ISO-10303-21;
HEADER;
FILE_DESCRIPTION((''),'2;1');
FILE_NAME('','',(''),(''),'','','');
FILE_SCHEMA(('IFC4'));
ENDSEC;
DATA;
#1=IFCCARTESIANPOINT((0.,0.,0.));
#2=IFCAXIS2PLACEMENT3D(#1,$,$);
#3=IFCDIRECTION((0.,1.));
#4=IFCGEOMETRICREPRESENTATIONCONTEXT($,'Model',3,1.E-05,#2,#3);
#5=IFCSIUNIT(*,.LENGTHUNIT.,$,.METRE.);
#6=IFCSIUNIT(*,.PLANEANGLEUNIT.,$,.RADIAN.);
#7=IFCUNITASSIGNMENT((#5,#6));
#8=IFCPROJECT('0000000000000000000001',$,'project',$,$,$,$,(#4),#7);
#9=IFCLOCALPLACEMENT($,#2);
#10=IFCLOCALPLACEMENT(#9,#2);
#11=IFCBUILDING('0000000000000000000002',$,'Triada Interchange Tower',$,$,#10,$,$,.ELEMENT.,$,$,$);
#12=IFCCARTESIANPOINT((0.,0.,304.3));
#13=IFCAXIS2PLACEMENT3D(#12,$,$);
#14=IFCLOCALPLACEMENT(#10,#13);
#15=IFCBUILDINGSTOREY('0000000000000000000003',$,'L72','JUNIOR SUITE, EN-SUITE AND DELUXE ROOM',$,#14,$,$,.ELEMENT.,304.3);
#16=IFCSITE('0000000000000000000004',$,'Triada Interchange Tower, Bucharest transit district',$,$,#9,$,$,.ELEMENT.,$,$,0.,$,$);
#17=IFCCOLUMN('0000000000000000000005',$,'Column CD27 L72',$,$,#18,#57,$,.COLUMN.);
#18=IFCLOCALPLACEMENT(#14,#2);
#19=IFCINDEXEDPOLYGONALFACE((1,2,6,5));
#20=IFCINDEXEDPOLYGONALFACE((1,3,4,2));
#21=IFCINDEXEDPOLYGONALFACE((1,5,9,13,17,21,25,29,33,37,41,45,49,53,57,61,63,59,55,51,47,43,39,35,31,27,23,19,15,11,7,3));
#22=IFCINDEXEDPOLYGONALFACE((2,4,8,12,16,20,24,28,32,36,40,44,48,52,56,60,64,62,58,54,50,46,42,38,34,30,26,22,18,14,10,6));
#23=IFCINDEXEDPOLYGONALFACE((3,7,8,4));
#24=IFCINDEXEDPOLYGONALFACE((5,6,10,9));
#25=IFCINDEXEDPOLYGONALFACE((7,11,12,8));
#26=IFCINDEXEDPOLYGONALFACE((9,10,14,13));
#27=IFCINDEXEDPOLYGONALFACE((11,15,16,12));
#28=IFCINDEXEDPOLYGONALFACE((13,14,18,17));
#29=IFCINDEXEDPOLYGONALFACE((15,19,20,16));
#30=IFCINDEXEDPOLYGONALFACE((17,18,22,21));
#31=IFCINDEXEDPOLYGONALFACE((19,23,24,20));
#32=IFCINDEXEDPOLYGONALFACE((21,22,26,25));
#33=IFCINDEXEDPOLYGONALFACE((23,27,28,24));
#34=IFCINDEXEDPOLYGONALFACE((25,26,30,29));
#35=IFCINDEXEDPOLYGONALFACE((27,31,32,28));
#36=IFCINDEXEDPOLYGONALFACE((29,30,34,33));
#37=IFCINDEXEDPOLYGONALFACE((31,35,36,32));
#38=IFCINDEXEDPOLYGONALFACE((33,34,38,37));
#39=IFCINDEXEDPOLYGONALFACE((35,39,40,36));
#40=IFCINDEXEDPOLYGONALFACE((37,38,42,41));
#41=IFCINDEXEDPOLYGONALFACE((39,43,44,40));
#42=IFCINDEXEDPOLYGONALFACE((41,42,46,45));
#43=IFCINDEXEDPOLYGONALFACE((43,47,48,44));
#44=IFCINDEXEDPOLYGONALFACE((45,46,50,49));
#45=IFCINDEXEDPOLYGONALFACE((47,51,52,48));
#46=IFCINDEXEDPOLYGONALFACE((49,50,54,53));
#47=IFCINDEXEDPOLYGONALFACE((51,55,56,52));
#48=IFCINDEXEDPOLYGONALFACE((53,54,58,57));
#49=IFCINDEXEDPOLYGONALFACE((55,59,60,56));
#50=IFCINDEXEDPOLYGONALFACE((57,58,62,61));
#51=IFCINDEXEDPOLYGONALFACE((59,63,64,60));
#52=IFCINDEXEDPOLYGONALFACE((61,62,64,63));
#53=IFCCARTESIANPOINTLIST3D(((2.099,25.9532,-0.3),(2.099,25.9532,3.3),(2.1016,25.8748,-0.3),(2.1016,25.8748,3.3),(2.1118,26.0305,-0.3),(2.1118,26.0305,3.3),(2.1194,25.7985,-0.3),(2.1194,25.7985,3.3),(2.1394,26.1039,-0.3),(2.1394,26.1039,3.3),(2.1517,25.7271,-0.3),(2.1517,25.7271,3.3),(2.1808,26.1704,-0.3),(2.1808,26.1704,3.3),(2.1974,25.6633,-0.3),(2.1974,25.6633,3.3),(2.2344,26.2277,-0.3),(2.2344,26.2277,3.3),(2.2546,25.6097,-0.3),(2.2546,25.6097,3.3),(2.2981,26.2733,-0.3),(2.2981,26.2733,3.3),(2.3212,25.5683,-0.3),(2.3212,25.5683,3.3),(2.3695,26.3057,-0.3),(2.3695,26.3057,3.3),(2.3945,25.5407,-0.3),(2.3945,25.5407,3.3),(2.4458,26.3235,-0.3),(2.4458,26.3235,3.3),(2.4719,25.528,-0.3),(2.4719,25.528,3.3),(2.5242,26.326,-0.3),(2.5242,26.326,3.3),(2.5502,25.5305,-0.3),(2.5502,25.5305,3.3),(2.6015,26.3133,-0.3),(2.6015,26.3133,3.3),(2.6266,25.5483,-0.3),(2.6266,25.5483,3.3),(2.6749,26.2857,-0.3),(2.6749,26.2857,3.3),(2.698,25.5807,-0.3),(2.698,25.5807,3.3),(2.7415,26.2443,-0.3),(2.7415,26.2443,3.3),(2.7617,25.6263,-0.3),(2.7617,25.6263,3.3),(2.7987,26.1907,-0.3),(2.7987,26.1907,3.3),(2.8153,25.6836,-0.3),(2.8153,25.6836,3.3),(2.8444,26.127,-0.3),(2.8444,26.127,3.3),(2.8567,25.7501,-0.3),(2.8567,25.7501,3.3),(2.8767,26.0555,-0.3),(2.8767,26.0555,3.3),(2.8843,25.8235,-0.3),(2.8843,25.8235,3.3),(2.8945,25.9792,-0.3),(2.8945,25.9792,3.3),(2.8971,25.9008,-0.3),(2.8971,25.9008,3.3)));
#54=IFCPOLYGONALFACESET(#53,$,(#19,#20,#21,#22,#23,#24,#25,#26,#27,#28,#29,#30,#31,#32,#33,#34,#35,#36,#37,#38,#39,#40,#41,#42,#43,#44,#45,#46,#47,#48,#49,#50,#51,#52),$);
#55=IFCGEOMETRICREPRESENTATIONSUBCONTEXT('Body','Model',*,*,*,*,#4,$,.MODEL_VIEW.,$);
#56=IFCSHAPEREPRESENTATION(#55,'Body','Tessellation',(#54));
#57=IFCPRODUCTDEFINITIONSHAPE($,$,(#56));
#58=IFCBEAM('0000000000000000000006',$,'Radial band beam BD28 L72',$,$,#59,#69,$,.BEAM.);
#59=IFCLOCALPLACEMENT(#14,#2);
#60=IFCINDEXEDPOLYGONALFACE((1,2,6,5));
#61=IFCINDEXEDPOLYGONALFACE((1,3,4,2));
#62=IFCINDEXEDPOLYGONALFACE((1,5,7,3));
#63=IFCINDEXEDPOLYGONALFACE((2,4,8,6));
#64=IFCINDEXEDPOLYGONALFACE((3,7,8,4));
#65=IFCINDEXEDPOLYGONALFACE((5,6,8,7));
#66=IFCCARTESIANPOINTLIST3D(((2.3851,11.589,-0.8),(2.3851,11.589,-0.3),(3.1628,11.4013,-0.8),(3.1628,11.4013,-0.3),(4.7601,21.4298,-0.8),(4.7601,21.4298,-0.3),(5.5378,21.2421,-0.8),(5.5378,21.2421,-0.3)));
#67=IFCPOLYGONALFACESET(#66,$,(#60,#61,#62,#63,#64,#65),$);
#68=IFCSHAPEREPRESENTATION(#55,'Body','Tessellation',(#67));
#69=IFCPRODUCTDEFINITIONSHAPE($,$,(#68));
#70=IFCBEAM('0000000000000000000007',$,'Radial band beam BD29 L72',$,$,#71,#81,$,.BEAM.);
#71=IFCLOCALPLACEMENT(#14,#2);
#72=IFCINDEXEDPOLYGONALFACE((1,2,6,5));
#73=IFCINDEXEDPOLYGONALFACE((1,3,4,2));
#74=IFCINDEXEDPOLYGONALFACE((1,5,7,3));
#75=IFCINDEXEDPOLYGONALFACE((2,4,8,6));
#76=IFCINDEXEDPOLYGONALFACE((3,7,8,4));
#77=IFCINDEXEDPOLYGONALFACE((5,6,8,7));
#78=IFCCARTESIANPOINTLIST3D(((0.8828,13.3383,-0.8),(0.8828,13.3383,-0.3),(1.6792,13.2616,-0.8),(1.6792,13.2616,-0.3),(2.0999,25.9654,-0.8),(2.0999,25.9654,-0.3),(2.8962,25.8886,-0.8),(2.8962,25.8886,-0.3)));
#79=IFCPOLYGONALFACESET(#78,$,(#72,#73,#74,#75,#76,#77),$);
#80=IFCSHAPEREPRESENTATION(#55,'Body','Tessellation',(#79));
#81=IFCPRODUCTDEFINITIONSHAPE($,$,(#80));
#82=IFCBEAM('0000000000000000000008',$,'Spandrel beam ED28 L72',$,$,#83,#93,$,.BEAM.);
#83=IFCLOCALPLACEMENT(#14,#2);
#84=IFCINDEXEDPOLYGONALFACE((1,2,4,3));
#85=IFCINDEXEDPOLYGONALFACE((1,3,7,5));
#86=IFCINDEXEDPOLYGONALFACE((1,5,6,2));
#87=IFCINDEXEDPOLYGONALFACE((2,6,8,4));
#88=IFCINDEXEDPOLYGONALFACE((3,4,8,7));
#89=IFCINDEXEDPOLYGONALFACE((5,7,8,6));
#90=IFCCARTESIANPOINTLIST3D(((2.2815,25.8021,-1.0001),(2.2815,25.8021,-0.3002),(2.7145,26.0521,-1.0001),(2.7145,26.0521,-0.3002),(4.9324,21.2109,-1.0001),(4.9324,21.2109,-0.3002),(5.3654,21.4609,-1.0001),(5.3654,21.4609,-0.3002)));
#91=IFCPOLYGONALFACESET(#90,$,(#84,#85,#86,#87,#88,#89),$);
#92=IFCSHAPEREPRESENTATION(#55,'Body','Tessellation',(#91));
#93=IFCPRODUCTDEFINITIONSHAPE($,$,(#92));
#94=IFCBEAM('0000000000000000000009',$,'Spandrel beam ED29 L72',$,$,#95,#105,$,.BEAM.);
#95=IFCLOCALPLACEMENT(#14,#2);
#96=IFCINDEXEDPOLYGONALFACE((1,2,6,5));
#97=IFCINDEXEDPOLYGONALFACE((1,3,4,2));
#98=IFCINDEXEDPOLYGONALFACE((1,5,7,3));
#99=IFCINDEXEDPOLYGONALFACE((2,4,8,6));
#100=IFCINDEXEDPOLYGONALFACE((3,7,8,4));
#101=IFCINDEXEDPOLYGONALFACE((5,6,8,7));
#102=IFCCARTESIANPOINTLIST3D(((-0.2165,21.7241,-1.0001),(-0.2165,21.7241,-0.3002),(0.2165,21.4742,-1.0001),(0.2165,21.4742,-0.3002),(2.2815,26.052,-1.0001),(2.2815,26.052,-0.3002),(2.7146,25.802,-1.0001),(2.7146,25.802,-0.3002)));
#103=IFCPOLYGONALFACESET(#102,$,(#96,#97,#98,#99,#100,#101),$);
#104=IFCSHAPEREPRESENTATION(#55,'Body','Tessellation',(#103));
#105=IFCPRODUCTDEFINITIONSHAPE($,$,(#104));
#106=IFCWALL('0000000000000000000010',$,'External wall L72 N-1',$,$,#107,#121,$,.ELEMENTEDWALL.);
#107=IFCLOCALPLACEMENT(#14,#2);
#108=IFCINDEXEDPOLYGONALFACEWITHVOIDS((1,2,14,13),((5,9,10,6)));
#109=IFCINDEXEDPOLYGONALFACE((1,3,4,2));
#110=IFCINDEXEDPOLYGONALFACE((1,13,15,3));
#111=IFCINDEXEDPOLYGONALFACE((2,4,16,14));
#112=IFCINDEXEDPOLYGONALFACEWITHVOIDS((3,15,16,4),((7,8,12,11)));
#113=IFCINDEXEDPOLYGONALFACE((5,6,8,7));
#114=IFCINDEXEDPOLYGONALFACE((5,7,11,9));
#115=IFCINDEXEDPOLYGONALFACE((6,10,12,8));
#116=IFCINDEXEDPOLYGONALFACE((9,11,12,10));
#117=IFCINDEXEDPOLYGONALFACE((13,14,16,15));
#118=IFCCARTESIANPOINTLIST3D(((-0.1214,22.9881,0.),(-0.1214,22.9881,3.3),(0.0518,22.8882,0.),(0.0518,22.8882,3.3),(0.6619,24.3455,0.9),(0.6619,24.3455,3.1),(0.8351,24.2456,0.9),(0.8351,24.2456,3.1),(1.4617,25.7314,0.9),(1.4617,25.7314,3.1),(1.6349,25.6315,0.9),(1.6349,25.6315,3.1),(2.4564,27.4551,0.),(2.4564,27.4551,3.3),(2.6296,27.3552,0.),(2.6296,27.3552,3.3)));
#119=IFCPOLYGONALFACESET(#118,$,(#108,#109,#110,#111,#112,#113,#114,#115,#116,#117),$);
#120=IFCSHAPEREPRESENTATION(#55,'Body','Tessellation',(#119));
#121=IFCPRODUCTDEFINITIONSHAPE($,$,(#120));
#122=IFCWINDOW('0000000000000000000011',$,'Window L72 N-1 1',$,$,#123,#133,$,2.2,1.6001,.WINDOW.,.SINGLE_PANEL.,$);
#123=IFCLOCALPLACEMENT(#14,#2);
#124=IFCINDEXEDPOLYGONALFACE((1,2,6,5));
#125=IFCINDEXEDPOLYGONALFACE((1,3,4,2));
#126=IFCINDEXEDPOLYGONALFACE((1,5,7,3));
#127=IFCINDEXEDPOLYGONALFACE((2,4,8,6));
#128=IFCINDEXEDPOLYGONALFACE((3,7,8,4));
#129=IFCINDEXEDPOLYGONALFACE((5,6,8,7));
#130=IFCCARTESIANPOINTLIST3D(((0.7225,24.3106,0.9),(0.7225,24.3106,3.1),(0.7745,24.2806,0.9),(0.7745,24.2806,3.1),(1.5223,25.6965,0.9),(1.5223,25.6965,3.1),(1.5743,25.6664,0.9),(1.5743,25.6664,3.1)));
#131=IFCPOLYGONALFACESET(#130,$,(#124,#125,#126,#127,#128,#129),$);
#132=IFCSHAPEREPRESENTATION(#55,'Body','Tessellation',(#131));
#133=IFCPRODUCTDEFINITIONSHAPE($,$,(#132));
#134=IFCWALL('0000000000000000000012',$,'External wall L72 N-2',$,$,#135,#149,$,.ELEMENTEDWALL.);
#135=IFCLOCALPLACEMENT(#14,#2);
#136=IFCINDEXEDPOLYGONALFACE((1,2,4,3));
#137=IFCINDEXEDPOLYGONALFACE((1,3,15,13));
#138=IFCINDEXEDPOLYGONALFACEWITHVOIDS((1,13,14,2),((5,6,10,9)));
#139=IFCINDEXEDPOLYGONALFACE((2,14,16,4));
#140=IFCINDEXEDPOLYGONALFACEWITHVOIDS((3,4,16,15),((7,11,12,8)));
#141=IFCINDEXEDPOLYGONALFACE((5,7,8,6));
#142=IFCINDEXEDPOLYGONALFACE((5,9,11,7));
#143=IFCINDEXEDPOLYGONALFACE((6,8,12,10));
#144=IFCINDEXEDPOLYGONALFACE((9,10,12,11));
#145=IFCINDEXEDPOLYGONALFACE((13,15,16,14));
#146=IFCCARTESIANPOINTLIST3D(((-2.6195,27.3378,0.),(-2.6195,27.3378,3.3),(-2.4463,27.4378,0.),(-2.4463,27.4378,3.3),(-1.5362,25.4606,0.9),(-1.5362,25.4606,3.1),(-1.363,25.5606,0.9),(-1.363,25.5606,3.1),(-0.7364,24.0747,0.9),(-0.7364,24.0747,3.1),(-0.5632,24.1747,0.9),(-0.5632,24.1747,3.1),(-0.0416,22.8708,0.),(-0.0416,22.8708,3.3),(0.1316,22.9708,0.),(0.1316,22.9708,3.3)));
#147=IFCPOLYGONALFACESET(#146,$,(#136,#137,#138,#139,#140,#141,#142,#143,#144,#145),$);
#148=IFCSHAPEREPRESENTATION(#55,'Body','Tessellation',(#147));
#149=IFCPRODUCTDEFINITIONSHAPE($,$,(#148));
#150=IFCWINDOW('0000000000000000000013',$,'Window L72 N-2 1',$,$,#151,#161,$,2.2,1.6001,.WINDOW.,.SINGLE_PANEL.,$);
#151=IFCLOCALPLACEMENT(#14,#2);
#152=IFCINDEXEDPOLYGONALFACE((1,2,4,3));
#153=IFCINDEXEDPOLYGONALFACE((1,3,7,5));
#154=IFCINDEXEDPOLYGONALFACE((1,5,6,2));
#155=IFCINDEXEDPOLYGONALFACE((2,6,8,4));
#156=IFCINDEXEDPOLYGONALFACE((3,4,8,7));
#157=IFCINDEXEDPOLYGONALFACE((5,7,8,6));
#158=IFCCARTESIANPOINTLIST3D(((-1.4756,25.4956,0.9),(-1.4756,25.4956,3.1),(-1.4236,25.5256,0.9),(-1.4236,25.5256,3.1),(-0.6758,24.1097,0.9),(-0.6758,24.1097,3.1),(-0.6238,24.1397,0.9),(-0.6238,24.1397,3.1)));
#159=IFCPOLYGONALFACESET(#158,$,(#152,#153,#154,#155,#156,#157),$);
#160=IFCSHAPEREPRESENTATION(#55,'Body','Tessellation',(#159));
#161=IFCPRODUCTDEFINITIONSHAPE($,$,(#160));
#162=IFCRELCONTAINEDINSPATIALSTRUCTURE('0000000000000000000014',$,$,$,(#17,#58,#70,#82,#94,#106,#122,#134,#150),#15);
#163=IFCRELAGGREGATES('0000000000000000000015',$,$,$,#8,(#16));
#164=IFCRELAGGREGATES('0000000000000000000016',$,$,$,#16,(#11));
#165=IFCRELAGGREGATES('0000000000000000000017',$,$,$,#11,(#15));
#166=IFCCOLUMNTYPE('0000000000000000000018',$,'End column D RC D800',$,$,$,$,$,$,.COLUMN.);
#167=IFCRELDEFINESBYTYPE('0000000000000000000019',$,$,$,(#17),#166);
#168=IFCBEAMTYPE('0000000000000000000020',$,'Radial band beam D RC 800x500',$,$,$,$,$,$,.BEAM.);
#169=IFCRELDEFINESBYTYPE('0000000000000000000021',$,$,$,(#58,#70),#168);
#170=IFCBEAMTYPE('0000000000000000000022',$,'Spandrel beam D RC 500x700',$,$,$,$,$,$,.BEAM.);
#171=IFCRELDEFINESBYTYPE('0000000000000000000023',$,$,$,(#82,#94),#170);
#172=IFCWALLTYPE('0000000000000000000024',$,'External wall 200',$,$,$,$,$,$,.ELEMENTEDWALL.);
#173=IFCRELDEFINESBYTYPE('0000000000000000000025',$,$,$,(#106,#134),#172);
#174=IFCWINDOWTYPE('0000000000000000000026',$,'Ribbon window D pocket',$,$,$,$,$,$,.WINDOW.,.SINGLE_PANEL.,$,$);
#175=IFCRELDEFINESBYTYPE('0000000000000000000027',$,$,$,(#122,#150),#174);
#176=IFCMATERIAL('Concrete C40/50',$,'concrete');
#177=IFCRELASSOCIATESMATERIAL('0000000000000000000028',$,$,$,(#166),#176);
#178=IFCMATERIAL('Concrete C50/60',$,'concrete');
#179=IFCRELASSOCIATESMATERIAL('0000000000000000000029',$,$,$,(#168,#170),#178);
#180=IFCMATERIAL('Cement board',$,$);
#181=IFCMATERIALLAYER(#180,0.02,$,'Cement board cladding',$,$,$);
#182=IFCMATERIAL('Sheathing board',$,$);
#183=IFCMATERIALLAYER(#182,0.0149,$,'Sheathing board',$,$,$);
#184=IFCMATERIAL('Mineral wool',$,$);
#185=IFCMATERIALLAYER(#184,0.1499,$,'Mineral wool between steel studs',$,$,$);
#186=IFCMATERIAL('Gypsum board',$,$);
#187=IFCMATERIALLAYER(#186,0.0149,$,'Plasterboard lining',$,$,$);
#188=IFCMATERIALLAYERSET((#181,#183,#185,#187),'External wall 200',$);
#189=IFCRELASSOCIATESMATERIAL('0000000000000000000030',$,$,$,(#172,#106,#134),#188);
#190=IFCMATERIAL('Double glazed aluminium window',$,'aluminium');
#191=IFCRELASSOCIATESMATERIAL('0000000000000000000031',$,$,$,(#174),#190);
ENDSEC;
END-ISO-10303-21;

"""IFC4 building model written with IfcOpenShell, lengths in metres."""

from ifc_helpers import new_model, si_unit, direction, frame, frame_2d, origin, origin_2d, place, context, subcontext, project, spatial, rectangle, circle, extrude, material, layer, layer_set, layer_usage, material_profile, profile_set, type_object, element, fill, save


model = new_model("IFC4")

# Units and contexts
model_context = context("Model", 3, precision=1e-05, world=origin(), true_north=direction((0.0, 1.0)))
body_context = subcontext(model_context, "Body", "Model", "MODEL_VIEW")
ifc_project = project(units=[si_unit("LENGTHUNIT", "METRE"), si_unit("PLANEANGLEUNIT", "RADIAN")], contexts=[model_context])

# Site, building, storey
site_placement = place(None, origin())
site = spatial("IfcSite", under=ifc_project, at=site_placement, Name="Triada Interchange Tower, Bucharest transit district", CompositionType="ELEMENT", RefElevation=0.0)
building_placement = place(site_placement, origin())
building = spatial("IfcBuilding", under=site, at=building_placement, Name="Triada Interchange Tower", CompositionType="ELEMENT")
storey_placement = place(building_placement, frame((0.0, 0.0, 304.3)))
storey = spatial("IfcBuildingStorey", under=building, at=storey_placement, Name="L72", Description="JUNIOR SUITE, EN-SUITE AND DELUXE ROOM", CompositionType="ELEMENT", Elevation=304.3)

# Column
ifc_material_1 = material(Name="Concrete C40/50", Category="concrete")
ifc_material_profile_1 = material_profile(ifc_material_1, circle(Radius=0.3999, at=origin_2d()), Name="RC D800")
ifc_profile_set_1 = profile_set([ifc_material_profile_1], Name="Concrete C40/50")
column_type = type_object("IfcColumnType", Name="End column D RC D800", PredefinedType="COLUMN", material=ifc_profile_set_1)
column_placement = place(storey_placement, frame((2.498, 25.927, -0.3), z_axis=(0.0, 0.0, 1.0), x_axis=(-0.5, 0.866025, 0.0)))
element("IfcColumn", 1, at=column_placement, inside=storey, type_object=column_type, Name="Column CD27 L72", PredefinedType="COLUMN", context=body_context, shape_type="SweptSolid", body=[
    extrude(circle(Radius=0.3999, at=origin_2d()), origin(), (0.0, 0.0, 1.0), 3.6001),
])

# Beams
ifc_material_2 = material(Name="Concrete C50/60", Category="concrete")
ifc_material_profile_2 = material_profile(ifc_material_2, rectangle(XDim=0.8, YDim=0.5, at=origin_2d()), Name="RC 800x500")
ifc_profile_set_2 = profile_set([ifc_material_profile_2], Name="Concrete C50/60")
beam_type_1 = type_object("IfcBeamType", Name="Radial band beam D RC 800x500", PredefinedType="BEAM", material=ifc_profile_set_2)
beam_1_placement = place(storey_placement, frame((5.1489, 21.3359, -0.55), z_axis=(-0.234606, -0.972091, 0.0), x_axis=(0.972091, -0.234606, 0.0)))
element("IfcBeam", 2, at=beam_1_placement, inside=storey, type_object=beam_type_1, Name="Radial band beam BD28 L72", PredefinedType="BEAM", context=body_context, shape_type="SweptSolid", body=[
    extrude(rectangle(XDim=0.8, YDim=0.5, at=origin_2d()), origin(), (0.0, 0.0, 1.0), 10.1233),
])
beam_2_placement = place(storey_placement, frame((2.498, 25.927, -0.55), z_axis=(-0.09594, -0.995387, 0.0), x_axis=(0.995387, -0.09594, 0.0)))
element("IfcBeam", 3, at=beam_2_placement, inside=storey, type_object=beam_type_1, Name="Radial band beam BD29 L72", PredefinedType="BEAM", context=body_context, shape_type="SweptSolid", body=[
    extrude(rectangle(XDim=0.8, YDim=0.5, at=origin_2d()), origin(), (0.0, 0.0, 1.0), 12.6855),
])
ifc_material_profile_3 = material_profile(ifc_material_2, rectangle(XDim=0.5, YDim=0.7, at=origin_2d()), Name="RC 500x700")
ifc_profile_set_3 = profile_set([ifc_material_profile_3], Name="Concrete C50/60")
beam_type_2 = type_object("IfcBeamType", Name="Spandrel beam D RC 500x700", PredefinedType="BEAM", material=ifc_profile_set_3)
beam_3_placement = place(storey_placement, frame((5.1489, 21.3359, -0.6501), z_axis=(-0.500032, 0.866007, 0.0), x_axis=(-0.866007, -0.500032, 0.0)))
element("IfcBeam", 4, at=beam_3_placement, inside=storey, type_object=beam_type_2, Name="Spandrel beam ED28 L72", PredefinedType="BEAM", context=body_context, shape_type="SweptSolid", body=[
    extrude(rectangle(XDim=0.5, YDim=0.7, at=origin_2d()), origin(), (0.0, 0.0, 1.0), 5.3015),
])
beam_4_placement = place(storey_placement, frame((2.498, 25.927, -0.6501), z_axis=(-0.499901, -0.866082, 0.0), x_axis=(0.866082, -0.499901, 0.0)))
element("IfcBeam", 5, at=beam_4_placement, inside=storey, type_object=beam_type_2, Name="Spandrel beam ED29 L72", PredefinedType="BEAM", context=body_context, shape_type="SweptSolid", body=[
    extrude(rectangle(XDim=0.5, YDim=0.7, at=origin_2d()), origin(), (0.0, 0.0, 1.0), 4.9971),
])

# Walls, openings, windows
ifc_material_3 = material(Name="Cement board")
ifc_layer_1 = layer(ifc_material_3, 0.02, Name="Cement board cladding")
ifc_material_4 = material(Name="Sheathing board")
ifc_layer_2 = layer(ifc_material_4, 0.0149, Name="Sheathing board")
ifc_material_5 = material(Name="Mineral wool")
ifc_layer_3 = layer(ifc_material_5, 0.1499, Name="Mineral wool between steel studs")
ifc_material_6 = material(Name="Gypsum board")
ifc_layer_4 = layer(ifc_material_6, 0.0149, Name="Plasterboard lining")
ifc_layer_set_1 = layer_set([ifc_layer_1, ifc_layer_2, ifc_layer_3, ifc_layer_4], Name="External wall 200")
ifc_layer_usage = layer_usage(ifc_layer_set_1, "AXIS2", "POSITIVE", -0.1001)
wall_type = type_object("IfcWallType", Name="External wall 200", PredefinedType="ELEMENTEDWALL", material=ifc_layer_set_1)
wall_1_placement = place(storey_placement, frame((2.543, 27.405, 0.0), z_axis=(0.0, 0.0, 1.0), x_axis=(-0.49983, -0.866123, 0.0)))
wall_1 = element("IfcWall", 6, at=wall_1_placement, inside=storey, type_object=wall_type, material=ifc_layer_usage, Name="External wall L72 N-1", PredefinedType="ELEMENTEDWALL", context=body_context, shape_type="SweptSolid", body=[
    extrude(rectangle(XDim=5.1575, YDim=0.2, at=frame_2d((2.5786, 0.0))), origin(), (0.0, 0.0, 1.0), 3.3),
])
opening_1_placement = place(wall_1_placement, frame((1.99, 0.0, 0.8999)))
opening_1 = element("IfcOpeningElement", 7, at=opening_1_placement, cuts=wall_1, PredefinedType="OPENING", context=body_context, shape_type="SweptSolid", body=[
    extrude(rectangle(XDim=1.6001, YDim=2.2, at=frame_2d((0.8, 1.1001))), frame((0.0, 0.1099, 0.0), z_axis=(0.0, -1.0, 0.0), x_axis=(1.0, 0.0, 0.0)), (0.0, 0.0, 1.0), 0.22),
])
ifc_material_7 = material(Name="Double glazed aluminium window", Category="aluminium")
window_type = type_object("IfcWindowType", Name="Ribbon window D pocket", PartitioningType="SINGLE_PANEL", PredefinedType="WINDOW", material=ifc_material_7)
window_1_placement = place(opening_1_placement, origin())
window_1 = element("IfcWindow", 8, at=window_1_placement, inside=storey, type_object=window_type, Name="Window L72 N-1 1", OverallHeight=2.2, OverallWidth=1.6001, PartitioningType="SINGLE_PANEL", PredefinedType="WINDOW", context=body_context, shape_type="SweptSolid", body=[
    extrude(rectangle(XDim=1.6001, YDim=2.2, at=frame_2d((0.8, 1.1001))), frame((0.0, 0.03, 0.0), z_axis=(0.0, -1.0, 0.0), x_axis=(1.0, 0.0, 0.0)), (0.0, 0.0, 1.0), 0.0601),
])
fill(opening_1, window_1)
wall_2_placement = place(storey_placement, frame((0.0449, 22.9209, 0.0), z_axis=(0.0, 0.0, 1.0), x_axis=(-0.49983, 0.866123, 0.0)))
wall_2 = element("IfcWall", 9, at=wall_2_placement, inside=storey, type_object=wall_type, material=ifc_layer_usage, Name="External wall L72 N-2", PredefinedType="ELEMENTEDWALL", context=body_context, shape_type="SweptSolid", body=[
    extrude(rectangle(XDim=5.1575, YDim=0.2, at=frame_2d((2.5786, 0.0))), origin(), (0.0, 0.0, 1.0), 3.3),
])
opening_2_placement = place(wall_2_placement, frame((1.3899, 0.0, 0.8999)))
opening_2 = element("IfcOpeningElement", 10, at=opening_2_placement, cuts=wall_2, PredefinedType="OPENING", context=body_context, shape_type="SweptSolid", body=[
    extrude(rectangle(XDim=1.6001, YDim=2.2, at=frame_2d((0.8, 1.1001))), frame((0.0, 0.1099, 0.0), z_axis=(0.0, -1.0, 0.0), x_axis=(1.0, 0.0, 0.0)), (0.0, 0.0, 1.0), 0.22),
])
window_2_placement = place(opening_2_placement, origin())
window_2 = element("IfcWindow", 11, at=window_2_placement, inside=storey, type_object=window_type, Name="Window L72 N-2 1", OverallHeight=2.2, OverallWidth=1.6001, PartitioningType="SINGLE_PANEL", PredefinedType="WINDOW", context=body_context, shape_type="SweptSolid", body=[
    extrude(rectangle(XDim=1.6001, YDim=2.2, at=frame_2d((0.8, 1.1001))), frame((0.0, 0.03, 0.0), z_axis=(0.0, -1.0, 0.0), x_axis=(1.0, 0.0, 0.0)), (0.0, 0.0, 1.0), 0.0601),
])
fill(opening_2, window_2)

save(model, "model.ifc")
